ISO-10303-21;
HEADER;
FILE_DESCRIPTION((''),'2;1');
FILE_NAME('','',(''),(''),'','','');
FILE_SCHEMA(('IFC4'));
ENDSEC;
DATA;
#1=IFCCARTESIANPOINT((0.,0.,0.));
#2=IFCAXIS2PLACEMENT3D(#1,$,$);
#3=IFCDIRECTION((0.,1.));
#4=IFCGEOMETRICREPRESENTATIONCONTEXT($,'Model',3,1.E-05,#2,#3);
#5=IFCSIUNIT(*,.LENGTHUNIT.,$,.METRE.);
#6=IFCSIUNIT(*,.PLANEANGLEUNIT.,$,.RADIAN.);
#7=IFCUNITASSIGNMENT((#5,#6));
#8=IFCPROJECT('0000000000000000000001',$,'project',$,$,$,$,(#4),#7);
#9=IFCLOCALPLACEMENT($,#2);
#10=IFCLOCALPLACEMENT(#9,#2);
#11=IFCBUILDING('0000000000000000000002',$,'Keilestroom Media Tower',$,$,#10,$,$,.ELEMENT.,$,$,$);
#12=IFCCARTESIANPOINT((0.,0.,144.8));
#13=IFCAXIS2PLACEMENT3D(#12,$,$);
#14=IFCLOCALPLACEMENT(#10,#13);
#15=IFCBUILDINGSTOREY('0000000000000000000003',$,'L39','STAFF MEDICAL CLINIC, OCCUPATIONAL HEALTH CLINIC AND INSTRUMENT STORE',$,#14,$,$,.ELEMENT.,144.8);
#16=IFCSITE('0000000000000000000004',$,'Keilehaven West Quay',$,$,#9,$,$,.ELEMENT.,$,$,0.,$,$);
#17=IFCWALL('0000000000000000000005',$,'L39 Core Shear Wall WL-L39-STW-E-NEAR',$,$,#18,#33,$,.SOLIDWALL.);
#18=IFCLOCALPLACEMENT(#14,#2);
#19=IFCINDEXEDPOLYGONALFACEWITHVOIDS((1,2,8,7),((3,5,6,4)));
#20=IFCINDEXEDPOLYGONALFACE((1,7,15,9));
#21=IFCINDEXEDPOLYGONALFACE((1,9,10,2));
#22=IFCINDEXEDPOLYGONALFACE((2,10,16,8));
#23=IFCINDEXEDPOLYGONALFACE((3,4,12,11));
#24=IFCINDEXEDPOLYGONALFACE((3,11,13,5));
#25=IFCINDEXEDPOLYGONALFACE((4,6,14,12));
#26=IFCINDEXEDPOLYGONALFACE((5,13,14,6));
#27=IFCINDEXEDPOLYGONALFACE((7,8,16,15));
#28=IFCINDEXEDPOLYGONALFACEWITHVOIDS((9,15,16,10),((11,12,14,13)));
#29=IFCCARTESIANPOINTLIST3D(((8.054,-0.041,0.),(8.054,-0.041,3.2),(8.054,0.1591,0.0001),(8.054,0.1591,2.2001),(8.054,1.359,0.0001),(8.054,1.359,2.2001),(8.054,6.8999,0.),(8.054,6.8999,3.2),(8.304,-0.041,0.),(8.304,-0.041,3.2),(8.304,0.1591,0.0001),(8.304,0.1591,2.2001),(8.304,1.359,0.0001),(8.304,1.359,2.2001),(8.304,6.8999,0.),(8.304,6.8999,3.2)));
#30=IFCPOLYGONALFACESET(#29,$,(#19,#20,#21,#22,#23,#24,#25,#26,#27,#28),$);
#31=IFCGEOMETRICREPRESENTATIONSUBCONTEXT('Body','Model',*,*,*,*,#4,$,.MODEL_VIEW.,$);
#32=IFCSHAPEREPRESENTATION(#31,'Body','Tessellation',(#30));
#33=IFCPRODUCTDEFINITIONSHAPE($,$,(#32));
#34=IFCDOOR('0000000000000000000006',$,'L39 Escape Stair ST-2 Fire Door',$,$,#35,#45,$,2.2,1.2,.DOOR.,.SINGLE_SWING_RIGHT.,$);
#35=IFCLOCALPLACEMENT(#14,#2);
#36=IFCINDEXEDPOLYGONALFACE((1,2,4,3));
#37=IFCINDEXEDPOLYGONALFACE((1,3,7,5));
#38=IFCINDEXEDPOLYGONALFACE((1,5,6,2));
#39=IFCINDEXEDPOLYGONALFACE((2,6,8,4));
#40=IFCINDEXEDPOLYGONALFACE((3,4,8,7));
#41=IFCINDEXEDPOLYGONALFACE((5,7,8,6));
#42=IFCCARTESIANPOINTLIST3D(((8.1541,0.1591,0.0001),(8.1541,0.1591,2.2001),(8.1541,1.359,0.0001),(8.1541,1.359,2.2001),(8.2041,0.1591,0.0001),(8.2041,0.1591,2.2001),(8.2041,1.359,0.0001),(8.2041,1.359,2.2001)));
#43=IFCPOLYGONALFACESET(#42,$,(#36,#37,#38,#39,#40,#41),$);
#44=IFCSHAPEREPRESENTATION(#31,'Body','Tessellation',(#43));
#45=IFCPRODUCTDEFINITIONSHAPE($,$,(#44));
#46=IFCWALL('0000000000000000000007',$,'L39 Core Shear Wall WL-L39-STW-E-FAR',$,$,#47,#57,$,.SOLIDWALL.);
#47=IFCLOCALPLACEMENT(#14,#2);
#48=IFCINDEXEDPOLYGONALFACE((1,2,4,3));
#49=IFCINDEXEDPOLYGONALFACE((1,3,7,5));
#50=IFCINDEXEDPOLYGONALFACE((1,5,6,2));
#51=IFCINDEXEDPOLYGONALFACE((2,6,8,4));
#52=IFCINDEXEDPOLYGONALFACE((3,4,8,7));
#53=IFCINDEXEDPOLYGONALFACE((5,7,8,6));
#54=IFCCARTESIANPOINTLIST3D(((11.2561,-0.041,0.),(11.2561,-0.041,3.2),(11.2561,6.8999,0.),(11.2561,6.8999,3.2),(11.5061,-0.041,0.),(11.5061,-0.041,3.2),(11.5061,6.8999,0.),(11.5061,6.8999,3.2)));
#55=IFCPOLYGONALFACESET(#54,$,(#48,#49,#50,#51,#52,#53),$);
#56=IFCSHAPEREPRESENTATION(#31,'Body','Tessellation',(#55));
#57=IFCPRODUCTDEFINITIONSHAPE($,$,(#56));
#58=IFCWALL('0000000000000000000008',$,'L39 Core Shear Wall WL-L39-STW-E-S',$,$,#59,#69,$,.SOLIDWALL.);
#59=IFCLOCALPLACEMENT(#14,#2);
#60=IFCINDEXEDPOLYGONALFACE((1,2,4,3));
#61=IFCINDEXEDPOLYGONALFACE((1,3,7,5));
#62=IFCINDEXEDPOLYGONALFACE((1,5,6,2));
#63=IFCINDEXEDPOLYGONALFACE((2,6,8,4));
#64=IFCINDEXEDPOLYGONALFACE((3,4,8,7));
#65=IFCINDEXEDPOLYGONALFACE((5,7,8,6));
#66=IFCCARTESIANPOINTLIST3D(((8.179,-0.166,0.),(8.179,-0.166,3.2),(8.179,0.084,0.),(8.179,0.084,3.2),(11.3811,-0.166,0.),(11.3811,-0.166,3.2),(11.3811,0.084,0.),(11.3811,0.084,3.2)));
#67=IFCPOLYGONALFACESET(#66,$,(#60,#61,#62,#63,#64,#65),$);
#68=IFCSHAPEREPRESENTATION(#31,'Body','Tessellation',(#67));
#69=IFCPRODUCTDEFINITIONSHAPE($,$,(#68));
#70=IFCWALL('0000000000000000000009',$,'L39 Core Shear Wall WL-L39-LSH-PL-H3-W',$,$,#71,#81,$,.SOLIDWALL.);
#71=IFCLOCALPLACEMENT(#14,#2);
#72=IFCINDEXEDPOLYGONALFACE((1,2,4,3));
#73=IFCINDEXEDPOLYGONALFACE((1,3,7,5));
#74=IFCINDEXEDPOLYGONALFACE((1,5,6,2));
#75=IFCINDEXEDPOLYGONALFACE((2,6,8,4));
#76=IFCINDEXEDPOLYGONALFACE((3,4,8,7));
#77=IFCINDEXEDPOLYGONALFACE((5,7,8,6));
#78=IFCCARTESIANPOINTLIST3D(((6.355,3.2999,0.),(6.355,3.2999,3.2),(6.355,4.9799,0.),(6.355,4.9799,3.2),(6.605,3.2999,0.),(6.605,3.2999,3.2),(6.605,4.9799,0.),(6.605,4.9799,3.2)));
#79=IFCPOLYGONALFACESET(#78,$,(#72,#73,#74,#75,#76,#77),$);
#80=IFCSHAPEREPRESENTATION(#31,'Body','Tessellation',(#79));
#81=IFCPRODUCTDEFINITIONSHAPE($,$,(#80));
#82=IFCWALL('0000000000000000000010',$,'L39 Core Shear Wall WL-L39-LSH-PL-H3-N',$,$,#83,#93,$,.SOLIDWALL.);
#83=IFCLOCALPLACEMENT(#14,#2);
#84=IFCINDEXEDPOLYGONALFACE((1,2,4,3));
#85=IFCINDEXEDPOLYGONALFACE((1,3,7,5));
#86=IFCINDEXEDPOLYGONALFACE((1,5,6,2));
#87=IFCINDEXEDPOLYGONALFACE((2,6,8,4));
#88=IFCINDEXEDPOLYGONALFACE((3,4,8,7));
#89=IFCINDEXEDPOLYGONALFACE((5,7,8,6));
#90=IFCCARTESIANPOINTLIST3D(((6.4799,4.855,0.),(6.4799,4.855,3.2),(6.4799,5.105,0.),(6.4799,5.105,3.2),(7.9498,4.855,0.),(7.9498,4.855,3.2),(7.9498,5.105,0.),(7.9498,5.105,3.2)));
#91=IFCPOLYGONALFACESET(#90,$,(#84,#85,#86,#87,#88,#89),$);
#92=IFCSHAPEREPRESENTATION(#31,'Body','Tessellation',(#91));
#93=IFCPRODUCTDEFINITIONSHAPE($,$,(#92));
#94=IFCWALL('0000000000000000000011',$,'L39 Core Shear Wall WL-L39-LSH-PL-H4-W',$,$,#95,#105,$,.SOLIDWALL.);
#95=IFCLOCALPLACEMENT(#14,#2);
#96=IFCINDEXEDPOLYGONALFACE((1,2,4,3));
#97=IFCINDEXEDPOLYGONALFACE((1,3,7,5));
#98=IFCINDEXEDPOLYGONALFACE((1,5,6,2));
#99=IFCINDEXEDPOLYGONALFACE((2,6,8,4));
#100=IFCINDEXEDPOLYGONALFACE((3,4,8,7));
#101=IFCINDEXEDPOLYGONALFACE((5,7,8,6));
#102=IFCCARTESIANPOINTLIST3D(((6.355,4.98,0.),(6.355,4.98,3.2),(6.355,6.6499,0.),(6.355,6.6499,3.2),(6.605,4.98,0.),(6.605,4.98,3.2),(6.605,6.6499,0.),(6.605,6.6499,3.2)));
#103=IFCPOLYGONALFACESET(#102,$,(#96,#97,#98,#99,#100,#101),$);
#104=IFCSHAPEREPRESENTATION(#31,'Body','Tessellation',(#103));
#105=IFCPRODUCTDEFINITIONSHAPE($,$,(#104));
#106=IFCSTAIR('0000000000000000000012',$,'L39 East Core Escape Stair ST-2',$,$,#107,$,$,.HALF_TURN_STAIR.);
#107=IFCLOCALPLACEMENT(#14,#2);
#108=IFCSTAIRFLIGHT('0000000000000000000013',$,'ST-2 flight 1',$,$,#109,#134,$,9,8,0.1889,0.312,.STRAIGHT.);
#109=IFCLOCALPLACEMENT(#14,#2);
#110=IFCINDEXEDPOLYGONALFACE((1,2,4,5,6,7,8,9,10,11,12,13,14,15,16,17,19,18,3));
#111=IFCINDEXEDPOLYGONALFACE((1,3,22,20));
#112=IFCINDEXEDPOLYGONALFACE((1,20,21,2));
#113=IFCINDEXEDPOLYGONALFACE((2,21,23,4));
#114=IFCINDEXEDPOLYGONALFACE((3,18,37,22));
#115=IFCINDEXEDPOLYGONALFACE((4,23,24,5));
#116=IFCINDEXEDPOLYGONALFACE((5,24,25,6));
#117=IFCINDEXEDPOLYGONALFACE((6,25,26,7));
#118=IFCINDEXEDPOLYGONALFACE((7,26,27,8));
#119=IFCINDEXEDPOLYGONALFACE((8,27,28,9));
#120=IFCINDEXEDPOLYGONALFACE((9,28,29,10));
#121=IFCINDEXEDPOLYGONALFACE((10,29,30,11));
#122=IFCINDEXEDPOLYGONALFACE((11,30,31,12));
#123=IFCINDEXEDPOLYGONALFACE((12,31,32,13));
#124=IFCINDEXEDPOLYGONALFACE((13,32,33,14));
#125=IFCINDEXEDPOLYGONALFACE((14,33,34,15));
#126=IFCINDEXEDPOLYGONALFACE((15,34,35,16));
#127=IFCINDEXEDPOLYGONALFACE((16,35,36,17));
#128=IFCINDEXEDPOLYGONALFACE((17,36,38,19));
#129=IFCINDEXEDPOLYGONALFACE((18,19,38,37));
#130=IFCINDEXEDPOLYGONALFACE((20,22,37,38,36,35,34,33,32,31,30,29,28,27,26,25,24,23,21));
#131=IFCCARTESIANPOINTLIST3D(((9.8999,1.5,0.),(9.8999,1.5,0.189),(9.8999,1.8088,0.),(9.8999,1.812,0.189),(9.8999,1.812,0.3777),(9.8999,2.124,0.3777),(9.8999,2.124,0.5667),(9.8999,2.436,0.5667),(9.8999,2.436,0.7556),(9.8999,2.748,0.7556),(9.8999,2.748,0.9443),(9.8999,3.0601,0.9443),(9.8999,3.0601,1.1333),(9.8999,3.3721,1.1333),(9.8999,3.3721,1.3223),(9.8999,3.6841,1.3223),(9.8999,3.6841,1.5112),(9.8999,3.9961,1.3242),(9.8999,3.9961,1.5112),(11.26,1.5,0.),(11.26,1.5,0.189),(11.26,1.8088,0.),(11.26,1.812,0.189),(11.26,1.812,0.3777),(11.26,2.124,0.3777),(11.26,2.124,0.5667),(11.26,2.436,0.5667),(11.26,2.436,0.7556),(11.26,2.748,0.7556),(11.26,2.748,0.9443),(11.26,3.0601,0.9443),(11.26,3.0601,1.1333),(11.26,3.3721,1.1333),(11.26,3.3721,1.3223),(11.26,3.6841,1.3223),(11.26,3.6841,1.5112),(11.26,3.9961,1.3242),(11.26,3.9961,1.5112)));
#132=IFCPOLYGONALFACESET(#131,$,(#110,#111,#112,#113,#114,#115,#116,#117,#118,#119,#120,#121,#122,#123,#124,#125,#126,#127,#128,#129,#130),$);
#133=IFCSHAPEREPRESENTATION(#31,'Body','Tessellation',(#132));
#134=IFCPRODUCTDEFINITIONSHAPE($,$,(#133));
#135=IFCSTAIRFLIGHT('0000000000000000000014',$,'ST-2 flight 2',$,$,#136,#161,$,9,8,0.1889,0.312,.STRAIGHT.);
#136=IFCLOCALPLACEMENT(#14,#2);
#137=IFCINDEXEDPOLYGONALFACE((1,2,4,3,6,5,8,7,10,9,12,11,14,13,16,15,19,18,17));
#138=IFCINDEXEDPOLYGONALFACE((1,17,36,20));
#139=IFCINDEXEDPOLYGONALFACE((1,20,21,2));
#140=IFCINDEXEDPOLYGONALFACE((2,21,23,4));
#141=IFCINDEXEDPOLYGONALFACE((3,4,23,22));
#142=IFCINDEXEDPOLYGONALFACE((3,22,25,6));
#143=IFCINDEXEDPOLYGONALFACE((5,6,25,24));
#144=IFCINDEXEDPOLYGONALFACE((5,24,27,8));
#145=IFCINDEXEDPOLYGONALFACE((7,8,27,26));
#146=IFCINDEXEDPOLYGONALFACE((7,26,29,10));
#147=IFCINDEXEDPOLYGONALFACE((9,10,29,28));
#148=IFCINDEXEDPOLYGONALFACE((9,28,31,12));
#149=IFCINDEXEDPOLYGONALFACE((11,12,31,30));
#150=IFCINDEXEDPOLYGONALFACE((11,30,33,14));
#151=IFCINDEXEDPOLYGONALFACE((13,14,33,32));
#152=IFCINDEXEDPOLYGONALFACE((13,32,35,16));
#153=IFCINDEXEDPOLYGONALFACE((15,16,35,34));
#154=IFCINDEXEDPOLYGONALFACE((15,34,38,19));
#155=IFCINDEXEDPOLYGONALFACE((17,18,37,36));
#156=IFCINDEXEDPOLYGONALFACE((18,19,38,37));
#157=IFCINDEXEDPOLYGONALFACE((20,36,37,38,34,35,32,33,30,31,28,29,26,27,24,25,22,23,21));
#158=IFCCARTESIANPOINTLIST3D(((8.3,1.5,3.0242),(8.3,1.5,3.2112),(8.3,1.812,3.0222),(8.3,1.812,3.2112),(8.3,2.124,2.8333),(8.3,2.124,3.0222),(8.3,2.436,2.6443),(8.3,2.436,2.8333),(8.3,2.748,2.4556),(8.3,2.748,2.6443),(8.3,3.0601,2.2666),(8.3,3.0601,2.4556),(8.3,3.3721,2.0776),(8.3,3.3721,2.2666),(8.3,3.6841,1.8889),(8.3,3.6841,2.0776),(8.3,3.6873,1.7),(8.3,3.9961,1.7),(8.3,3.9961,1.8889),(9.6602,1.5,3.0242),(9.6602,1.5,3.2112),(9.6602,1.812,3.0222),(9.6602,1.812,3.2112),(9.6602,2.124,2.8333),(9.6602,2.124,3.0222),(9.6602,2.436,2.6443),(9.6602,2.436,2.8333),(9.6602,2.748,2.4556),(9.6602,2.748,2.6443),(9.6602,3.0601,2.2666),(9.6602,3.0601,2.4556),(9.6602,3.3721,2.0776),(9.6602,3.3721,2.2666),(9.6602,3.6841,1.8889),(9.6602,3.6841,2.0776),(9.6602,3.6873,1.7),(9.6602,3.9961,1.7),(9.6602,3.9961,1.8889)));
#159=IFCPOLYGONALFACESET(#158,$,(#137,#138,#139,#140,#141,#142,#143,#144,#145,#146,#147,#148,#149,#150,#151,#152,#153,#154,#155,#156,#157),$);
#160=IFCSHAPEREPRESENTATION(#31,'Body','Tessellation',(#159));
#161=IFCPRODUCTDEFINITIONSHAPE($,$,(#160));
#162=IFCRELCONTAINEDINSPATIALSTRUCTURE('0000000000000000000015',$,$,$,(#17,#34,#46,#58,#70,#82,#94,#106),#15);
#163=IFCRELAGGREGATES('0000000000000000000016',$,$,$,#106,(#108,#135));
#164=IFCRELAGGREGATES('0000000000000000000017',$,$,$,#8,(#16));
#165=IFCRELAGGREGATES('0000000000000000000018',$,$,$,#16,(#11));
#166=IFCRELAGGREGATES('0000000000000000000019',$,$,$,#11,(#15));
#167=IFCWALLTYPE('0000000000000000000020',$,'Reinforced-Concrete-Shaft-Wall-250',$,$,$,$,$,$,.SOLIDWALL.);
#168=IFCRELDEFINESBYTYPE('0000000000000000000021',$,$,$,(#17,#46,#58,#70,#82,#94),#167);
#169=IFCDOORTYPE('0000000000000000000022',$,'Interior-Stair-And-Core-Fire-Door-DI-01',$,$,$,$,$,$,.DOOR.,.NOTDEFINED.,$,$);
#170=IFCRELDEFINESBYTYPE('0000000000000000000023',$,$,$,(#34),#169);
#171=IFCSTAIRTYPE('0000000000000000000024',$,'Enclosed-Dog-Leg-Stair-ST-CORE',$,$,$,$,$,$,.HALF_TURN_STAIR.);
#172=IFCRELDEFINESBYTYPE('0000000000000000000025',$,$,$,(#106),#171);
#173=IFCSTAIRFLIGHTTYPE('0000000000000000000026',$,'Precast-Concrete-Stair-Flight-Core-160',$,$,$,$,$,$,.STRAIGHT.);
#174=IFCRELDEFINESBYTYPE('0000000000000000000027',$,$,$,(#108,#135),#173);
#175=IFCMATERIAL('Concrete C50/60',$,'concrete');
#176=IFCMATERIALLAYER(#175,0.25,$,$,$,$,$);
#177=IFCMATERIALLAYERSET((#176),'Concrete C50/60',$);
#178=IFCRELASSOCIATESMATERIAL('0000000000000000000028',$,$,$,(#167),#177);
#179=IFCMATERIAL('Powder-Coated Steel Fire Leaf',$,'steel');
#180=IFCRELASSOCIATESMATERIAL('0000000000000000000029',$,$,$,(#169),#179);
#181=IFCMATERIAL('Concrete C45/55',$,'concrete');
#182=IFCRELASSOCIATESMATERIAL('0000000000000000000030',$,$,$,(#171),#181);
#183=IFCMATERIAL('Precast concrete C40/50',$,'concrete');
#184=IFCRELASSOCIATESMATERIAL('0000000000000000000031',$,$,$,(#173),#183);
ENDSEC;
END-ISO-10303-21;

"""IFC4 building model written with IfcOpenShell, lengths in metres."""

from ifc_helpers import new_model, si_unit, direction, frame, frame_2d, origin, place, context, subcontext, project, spatial, polyline, rectangle, outline, extrude, source, transform, mapped, material, layer, layer_set, type_object, element, fill, aggregate, save


model = new_model("IFC4")

# Units and contexts
model_context = context("Model", 3, precision=1e-05, world=origin(), true_north=direction((0.0, 1.0)))
body_context = subcontext(model_context, "Body", "Model", "MODEL_VIEW")
ifc_project = project(units=[si_unit("LENGTHUNIT", "METRE"), si_unit("PLANEANGLEUNIT", "RADIAN")], contexts=[model_context])

# Site, building, storey
site_placement = place(None, origin())
site = spatial("IfcSite", under=ifc_project, at=site_placement, Name="Keilehaven West Quay", CompositionType="ELEMENT", RefElevation=0.0)
building_placement = place(site_placement, origin())
building = spatial("IfcBuilding", under=site, at=building_placement, Name="Keilestroom Media Tower", CompositionType="ELEMENT")
storey_placement = place(building_placement, frame((0.0, 0.0, 144.8)))
storey = spatial("IfcBuildingStorey", under=building, at=storey_placement, Name="L39", Description="STAFF MEDICAL CLINIC, OCCUPATIONAL HEALTH CLINIC AND INSTRUMENT STORE", CompositionType="ELEMENT", Elevation=144.8)

# Shared definitions
ifc_material_1 = material(Name="Concrete C50/60", Category="concrete")
ifc_layer_1 = layer(ifc_material_1, 0.25)
ifc_layer_set_1 = layer_set([ifc_layer_1], Name="Concrete C50/60")
wall_type_1 = type_object("IfcWallType", Name="Reinforced-Concrete-Shaft-Wall-250", PredefinedType="SOLIDWALL", material=ifc_layer_set_1)

# Wall, opening, door
wall_1_placement = place(storey_placement, frame((8.179, -0.041, 0.0), z_axis=(0.0, 0.0, 1.0), x_axis=(0.0, 1.0, 0.0)))
wall_1 = element("IfcWall", 1, at=wall_1_placement, inside=storey, type_object=wall_type_1, Name="L39 Core Shear Wall WL-L39-STW-E-NEAR", PredefinedType="SOLIDWALL", context=body_context, shape_type="SweptSolid", body=[
    extrude(rectangle(XDim=6.9409, YDim=0.25, at=frame_2d((3.4705, 0.0))), origin(), (0.0, 0.0, 1.0), 3.2),
])
opening_placement = place(wall_1_placement, frame((0.2, 0.0, 0.0)))
opening = element("IfcOpeningElement", 2, at=opening_placement, cuts=wall_1, PredefinedType="OPENING", context=body_context, shape_type="SweptSolid", body=[
    extrude(rectangle(XDim=1.2, YDim=2.2, at=frame_2d((0.6001, 1.1001))), frame((0.0, 0.135, 0.0), z_axis=(0.0, -1.0, 0.0), x_axis=(1.0, 0.0, 0.0)), (0.0, 0.0, 1.0), 0.27),
])
ifc_material_2 = material(Name="Powder-Coated Steel Fire Leaf", Category="steel")
door_type = type_object("IfcDoorType", Name="Interior-Stair-And-Core-Fire-Door-DI-01", OperationType="NOTDEFINED", PredefinedType="DOOR", material=ifc_material_2)
shared_shape_1 = source(origin(), body_context, "Body", "SweptSolid", [
    extrude(rectangle(XDim=1.2, YDim=2.2, at=frame_2d((0.6001, 1.1001))), frame((0.0, 0.0249, 0.0), z_axis=(0.0, -1.0, 0.0), x_axis=(1.0, 0.0, 0.0)), (0.0, 0.0, 1.0), 0.05),
])
door_placement = place(opening_placement, origin())
door = element("IfcDoor", 3, at=door_placement, inside=storey, type_object=door_type, Name="L39 Escape Stair ST-2 Fire Door", OperationType="SINGLE_SWING_RIGHT", OverallHeight=2.2, OverallWidth=1.2, PredefinedType="DOOR", context=body_context, shape_type="MappedRepresentation", body=[
    mapped(shared_shape_1, transform((0.0, 0.0, 0.0), x_axis=(1.0, 0.0, 0.0), y_axis=(0.0, 1.0, 0.0), z_axis=(0.0, 0.0, 1.0), scale=1.0)),
])
fill(opening, door)

# Walls
wall_2_placement = place(storey_placement, frame((11.3811, -0.041, 0.0), z_axis=(0.0, 0.0, 1.0), x_axis=(0.0, 1.0, 0.0)))
element("IfcWall", 4, at=wall_2_placement, inside=storey, type_object=wall_type_1, Name="L39 Core Shear Wall WL-L39-STW-E-FAR", PredefinedType="SOLIDWALL", context=body_context, shape_type="SweptSolid", body=[
    extrude(rectangle(XDim=6.9409, YDim=0.25, at=frame_2d((3.4705, 0.0))), origin(), (0.0, 0.0, 1.0), 3.2),
])
wall_3_placement = place(storey_placement, frame((8.179, -0.041, 0.0), z_axis=(0.0, 0.0, 1.0), x_axis=(1.0, 0.0, 0.0)))
element("IfcWall", 5, at=wall_3_placement, inside=storey, type_object=wall_type_1, Name="L39 Core Shear Wall WL-L39-STW-E-S", PredefinedType="SOLIDWALL", context=body_context, shape_type="SweptSolid", body=[
    extrude(rectangle(XDim=3.2021, YDim=0.25, at=frame_2d((1.6011, 0.0))), origin(), (0.0, 0.0, 1.0), 3.2),
])
wall_4_placement = place(storey_placement, frame((6.48, 3.3, 0.0), z_axis=(0.0, 0.0, 1.0), x_axis=(0.0, 1.0, 0.0)))
element("IfcWall", 6, at=wall_4_placement, inside=storey, type_object=wall_type_1, Name="L39 Core Shear Wall WL-L39-LSH-PL-H3-W", PredefinedType="SOLIDWALL", context=body_context, shape_type="SweptSolid", body=[
    extrude(rectangle(XDim=1.6799, YDim=0.25, at=frame_2d((0.8398, 0.0))), origin(), (0.0, 0.0, 1.0), 3.2),
])
wall_5_placement = place(storey_placement, frame((6.48, 4.98, 0.0), z_axis=(0.0, 0.0, 1.0), x_axis=(1.0, 0.0, 0.0)))
element("IfcWall", 7, at=wall_5_placement, inside=storey, type_object=wall_type_1, Name="L39 Core Shear Wall WL-L39-LSH-PL-H3-N", PredefinedType="SOLIDWALL", context=body_context, shape_type="SweptSolid", body=[
    extrude(rectangle(XDim=1.47, YDim=0.25, at=frame_2d((0.7349, 0.0))), origin(), (0.0, 0.0, 1.0), 3.2),
])
wall_6_placement = place(storey_placement, frame((6.48, 4.98, 0.0), z_axis=(0.0, 0.0, 1.0), x_axis=(0.0, 1.0, 0.0)))
element("IfcWall", 8, at=wall_6_placement, inside=storey, type_object=wall_type_1, Name="L39 Core Shear Wall WL-L39-LSH-PL-H4-W", PredefinedType="SOLIDWALL", context=body_context, shape_type="SweptSolid", body=[
    extrude(rectangle(XDim=1.6699, YDim=0.25, at=frame_2d((0.835, 0.0))), origin(), (0.0, 0.0, 1.0), 3.2),
])

# Stair, stair flights
ifc_material_3 = material(Name="Concrete C45/55", Category="concrete")
stair_type = type_object("IfcStairType", Name="Enclosed-Dog-Leg-Stair-ST-CORE", PredefinedType="HALF_TURN_STAIR", material=ifc_material_3)
stair_placement = place(storey_placement, origin())
stair = element("IfcStair", 9, at=stair_placement, inside=storey, type_object=stair_type, Name="L39 East Core Escape Stair ST-2", PredefinedType="HALF_TURN_STAIR")
ifc_material_4 = material(Name="Precast concrete C40/50", Category="concrete")
stair_flight_type = type_object("IfcStairFlightType", Name="Precast-Concrete-Stair-Flight-Core-160", PredefinedType="STRAIGHT", material=ifc_material_4)
stair_flight_1_placement = place(storey_placement, frame((10.5801, 1.5, 0.0), z_axis=(0.0, 0.0, 1.0), x_axis=(0.0, 1.0, 0.0)))
stair_flight_1 = element("IfcStairFlight", 10, at=stair_flight_1_placement, type_object=stair_flight_type, Name="ST-2 flight 1", NumberOfRisers=9, NumberOfTreads=8, PredefinedType="STRAIGHT", RiserHeight=0.1889, TreadLength=0.312, context=body_context, shape_type="SweptSolid", body=[
    extrude(outline(polyline([(0.0, 0.0), (0.0, 0.189), (0.312, 0.189), (0.312, 0.3777), (0.624, 0.3777), (0.624, 0.5667), (0.936, 0.5667), (0.936, 0.7556), (1.248, 0.7556), (1.248, 0.9443), (1.5601, 0.9443), (1.5601, 1.1333), (1.8721, 1.1333), (1.8721, 1.3223), (2.1841, 1.3223), (2.1841, 1.5112), (2.4961, 1.5112), (2.4961, 1.7), (2.4961, 1.3242), (0.3088, 0.0), (0.0, 0.0)])), frame((0.0, 0.6802, 0.0), z_axis=(0.0, -1.0, 0.0), x_axis=(1.0, 0.0, 0.0)), (0.0, 0.0, 1.0), 1.3601),
])
stair_flight_2_placement = place(storey_placement, frame((8.98, 3.9961, 1.7), z_axis=(0.0, 0.0, 1.0), x_axis=(0.0, -1.0, 0.0)))
stair_flight_2 = element("IfcStairFlight", 11, at=stair_flight_2_placement, type_object=stair_flight_type, Name="ST-2 flight 2", NumberOfRisers=9, NumberOfTreads=8, PredefinedType="STRAIGHT", RiserHeight=0.1889, TreadLength=0.312, context=body_context, shape_type="SweptSolid", body=[
    extrude(outline(polyline([(0.0, 0.0), (0.0, 0.189), (0.312, 0.189), (0.312, 0.3777), (0.624, 0.3777), (0.624, 0.5667), (0.936, 0.5667), (0.936, 0.7556), (1.248, 0.7556), (1.248, 0.9443), (1.5601, 0.9443), (1.5601, 1.1333), (1.8721, 1.1333), (1.8721, 1.3223), (2.1841, 1.3223), (2.1841, 1.5112), (2.4961, 1.5112), (2.4961, 1.7), (2.4961, 1.3242), (0.3088, 0.0), (0.0, 0.0)])), frame((0.0, 0.6802, 0.0), z_axis=(0.0, -1.0, 0.0), x_axis=(1.0, 0.0, 0.0)), (0.0, 0.0, 1.0), 1.3601),
])
aggregate(stair, [stair_flight_1, stair_flight_2])

save(model, "model.ifc")
